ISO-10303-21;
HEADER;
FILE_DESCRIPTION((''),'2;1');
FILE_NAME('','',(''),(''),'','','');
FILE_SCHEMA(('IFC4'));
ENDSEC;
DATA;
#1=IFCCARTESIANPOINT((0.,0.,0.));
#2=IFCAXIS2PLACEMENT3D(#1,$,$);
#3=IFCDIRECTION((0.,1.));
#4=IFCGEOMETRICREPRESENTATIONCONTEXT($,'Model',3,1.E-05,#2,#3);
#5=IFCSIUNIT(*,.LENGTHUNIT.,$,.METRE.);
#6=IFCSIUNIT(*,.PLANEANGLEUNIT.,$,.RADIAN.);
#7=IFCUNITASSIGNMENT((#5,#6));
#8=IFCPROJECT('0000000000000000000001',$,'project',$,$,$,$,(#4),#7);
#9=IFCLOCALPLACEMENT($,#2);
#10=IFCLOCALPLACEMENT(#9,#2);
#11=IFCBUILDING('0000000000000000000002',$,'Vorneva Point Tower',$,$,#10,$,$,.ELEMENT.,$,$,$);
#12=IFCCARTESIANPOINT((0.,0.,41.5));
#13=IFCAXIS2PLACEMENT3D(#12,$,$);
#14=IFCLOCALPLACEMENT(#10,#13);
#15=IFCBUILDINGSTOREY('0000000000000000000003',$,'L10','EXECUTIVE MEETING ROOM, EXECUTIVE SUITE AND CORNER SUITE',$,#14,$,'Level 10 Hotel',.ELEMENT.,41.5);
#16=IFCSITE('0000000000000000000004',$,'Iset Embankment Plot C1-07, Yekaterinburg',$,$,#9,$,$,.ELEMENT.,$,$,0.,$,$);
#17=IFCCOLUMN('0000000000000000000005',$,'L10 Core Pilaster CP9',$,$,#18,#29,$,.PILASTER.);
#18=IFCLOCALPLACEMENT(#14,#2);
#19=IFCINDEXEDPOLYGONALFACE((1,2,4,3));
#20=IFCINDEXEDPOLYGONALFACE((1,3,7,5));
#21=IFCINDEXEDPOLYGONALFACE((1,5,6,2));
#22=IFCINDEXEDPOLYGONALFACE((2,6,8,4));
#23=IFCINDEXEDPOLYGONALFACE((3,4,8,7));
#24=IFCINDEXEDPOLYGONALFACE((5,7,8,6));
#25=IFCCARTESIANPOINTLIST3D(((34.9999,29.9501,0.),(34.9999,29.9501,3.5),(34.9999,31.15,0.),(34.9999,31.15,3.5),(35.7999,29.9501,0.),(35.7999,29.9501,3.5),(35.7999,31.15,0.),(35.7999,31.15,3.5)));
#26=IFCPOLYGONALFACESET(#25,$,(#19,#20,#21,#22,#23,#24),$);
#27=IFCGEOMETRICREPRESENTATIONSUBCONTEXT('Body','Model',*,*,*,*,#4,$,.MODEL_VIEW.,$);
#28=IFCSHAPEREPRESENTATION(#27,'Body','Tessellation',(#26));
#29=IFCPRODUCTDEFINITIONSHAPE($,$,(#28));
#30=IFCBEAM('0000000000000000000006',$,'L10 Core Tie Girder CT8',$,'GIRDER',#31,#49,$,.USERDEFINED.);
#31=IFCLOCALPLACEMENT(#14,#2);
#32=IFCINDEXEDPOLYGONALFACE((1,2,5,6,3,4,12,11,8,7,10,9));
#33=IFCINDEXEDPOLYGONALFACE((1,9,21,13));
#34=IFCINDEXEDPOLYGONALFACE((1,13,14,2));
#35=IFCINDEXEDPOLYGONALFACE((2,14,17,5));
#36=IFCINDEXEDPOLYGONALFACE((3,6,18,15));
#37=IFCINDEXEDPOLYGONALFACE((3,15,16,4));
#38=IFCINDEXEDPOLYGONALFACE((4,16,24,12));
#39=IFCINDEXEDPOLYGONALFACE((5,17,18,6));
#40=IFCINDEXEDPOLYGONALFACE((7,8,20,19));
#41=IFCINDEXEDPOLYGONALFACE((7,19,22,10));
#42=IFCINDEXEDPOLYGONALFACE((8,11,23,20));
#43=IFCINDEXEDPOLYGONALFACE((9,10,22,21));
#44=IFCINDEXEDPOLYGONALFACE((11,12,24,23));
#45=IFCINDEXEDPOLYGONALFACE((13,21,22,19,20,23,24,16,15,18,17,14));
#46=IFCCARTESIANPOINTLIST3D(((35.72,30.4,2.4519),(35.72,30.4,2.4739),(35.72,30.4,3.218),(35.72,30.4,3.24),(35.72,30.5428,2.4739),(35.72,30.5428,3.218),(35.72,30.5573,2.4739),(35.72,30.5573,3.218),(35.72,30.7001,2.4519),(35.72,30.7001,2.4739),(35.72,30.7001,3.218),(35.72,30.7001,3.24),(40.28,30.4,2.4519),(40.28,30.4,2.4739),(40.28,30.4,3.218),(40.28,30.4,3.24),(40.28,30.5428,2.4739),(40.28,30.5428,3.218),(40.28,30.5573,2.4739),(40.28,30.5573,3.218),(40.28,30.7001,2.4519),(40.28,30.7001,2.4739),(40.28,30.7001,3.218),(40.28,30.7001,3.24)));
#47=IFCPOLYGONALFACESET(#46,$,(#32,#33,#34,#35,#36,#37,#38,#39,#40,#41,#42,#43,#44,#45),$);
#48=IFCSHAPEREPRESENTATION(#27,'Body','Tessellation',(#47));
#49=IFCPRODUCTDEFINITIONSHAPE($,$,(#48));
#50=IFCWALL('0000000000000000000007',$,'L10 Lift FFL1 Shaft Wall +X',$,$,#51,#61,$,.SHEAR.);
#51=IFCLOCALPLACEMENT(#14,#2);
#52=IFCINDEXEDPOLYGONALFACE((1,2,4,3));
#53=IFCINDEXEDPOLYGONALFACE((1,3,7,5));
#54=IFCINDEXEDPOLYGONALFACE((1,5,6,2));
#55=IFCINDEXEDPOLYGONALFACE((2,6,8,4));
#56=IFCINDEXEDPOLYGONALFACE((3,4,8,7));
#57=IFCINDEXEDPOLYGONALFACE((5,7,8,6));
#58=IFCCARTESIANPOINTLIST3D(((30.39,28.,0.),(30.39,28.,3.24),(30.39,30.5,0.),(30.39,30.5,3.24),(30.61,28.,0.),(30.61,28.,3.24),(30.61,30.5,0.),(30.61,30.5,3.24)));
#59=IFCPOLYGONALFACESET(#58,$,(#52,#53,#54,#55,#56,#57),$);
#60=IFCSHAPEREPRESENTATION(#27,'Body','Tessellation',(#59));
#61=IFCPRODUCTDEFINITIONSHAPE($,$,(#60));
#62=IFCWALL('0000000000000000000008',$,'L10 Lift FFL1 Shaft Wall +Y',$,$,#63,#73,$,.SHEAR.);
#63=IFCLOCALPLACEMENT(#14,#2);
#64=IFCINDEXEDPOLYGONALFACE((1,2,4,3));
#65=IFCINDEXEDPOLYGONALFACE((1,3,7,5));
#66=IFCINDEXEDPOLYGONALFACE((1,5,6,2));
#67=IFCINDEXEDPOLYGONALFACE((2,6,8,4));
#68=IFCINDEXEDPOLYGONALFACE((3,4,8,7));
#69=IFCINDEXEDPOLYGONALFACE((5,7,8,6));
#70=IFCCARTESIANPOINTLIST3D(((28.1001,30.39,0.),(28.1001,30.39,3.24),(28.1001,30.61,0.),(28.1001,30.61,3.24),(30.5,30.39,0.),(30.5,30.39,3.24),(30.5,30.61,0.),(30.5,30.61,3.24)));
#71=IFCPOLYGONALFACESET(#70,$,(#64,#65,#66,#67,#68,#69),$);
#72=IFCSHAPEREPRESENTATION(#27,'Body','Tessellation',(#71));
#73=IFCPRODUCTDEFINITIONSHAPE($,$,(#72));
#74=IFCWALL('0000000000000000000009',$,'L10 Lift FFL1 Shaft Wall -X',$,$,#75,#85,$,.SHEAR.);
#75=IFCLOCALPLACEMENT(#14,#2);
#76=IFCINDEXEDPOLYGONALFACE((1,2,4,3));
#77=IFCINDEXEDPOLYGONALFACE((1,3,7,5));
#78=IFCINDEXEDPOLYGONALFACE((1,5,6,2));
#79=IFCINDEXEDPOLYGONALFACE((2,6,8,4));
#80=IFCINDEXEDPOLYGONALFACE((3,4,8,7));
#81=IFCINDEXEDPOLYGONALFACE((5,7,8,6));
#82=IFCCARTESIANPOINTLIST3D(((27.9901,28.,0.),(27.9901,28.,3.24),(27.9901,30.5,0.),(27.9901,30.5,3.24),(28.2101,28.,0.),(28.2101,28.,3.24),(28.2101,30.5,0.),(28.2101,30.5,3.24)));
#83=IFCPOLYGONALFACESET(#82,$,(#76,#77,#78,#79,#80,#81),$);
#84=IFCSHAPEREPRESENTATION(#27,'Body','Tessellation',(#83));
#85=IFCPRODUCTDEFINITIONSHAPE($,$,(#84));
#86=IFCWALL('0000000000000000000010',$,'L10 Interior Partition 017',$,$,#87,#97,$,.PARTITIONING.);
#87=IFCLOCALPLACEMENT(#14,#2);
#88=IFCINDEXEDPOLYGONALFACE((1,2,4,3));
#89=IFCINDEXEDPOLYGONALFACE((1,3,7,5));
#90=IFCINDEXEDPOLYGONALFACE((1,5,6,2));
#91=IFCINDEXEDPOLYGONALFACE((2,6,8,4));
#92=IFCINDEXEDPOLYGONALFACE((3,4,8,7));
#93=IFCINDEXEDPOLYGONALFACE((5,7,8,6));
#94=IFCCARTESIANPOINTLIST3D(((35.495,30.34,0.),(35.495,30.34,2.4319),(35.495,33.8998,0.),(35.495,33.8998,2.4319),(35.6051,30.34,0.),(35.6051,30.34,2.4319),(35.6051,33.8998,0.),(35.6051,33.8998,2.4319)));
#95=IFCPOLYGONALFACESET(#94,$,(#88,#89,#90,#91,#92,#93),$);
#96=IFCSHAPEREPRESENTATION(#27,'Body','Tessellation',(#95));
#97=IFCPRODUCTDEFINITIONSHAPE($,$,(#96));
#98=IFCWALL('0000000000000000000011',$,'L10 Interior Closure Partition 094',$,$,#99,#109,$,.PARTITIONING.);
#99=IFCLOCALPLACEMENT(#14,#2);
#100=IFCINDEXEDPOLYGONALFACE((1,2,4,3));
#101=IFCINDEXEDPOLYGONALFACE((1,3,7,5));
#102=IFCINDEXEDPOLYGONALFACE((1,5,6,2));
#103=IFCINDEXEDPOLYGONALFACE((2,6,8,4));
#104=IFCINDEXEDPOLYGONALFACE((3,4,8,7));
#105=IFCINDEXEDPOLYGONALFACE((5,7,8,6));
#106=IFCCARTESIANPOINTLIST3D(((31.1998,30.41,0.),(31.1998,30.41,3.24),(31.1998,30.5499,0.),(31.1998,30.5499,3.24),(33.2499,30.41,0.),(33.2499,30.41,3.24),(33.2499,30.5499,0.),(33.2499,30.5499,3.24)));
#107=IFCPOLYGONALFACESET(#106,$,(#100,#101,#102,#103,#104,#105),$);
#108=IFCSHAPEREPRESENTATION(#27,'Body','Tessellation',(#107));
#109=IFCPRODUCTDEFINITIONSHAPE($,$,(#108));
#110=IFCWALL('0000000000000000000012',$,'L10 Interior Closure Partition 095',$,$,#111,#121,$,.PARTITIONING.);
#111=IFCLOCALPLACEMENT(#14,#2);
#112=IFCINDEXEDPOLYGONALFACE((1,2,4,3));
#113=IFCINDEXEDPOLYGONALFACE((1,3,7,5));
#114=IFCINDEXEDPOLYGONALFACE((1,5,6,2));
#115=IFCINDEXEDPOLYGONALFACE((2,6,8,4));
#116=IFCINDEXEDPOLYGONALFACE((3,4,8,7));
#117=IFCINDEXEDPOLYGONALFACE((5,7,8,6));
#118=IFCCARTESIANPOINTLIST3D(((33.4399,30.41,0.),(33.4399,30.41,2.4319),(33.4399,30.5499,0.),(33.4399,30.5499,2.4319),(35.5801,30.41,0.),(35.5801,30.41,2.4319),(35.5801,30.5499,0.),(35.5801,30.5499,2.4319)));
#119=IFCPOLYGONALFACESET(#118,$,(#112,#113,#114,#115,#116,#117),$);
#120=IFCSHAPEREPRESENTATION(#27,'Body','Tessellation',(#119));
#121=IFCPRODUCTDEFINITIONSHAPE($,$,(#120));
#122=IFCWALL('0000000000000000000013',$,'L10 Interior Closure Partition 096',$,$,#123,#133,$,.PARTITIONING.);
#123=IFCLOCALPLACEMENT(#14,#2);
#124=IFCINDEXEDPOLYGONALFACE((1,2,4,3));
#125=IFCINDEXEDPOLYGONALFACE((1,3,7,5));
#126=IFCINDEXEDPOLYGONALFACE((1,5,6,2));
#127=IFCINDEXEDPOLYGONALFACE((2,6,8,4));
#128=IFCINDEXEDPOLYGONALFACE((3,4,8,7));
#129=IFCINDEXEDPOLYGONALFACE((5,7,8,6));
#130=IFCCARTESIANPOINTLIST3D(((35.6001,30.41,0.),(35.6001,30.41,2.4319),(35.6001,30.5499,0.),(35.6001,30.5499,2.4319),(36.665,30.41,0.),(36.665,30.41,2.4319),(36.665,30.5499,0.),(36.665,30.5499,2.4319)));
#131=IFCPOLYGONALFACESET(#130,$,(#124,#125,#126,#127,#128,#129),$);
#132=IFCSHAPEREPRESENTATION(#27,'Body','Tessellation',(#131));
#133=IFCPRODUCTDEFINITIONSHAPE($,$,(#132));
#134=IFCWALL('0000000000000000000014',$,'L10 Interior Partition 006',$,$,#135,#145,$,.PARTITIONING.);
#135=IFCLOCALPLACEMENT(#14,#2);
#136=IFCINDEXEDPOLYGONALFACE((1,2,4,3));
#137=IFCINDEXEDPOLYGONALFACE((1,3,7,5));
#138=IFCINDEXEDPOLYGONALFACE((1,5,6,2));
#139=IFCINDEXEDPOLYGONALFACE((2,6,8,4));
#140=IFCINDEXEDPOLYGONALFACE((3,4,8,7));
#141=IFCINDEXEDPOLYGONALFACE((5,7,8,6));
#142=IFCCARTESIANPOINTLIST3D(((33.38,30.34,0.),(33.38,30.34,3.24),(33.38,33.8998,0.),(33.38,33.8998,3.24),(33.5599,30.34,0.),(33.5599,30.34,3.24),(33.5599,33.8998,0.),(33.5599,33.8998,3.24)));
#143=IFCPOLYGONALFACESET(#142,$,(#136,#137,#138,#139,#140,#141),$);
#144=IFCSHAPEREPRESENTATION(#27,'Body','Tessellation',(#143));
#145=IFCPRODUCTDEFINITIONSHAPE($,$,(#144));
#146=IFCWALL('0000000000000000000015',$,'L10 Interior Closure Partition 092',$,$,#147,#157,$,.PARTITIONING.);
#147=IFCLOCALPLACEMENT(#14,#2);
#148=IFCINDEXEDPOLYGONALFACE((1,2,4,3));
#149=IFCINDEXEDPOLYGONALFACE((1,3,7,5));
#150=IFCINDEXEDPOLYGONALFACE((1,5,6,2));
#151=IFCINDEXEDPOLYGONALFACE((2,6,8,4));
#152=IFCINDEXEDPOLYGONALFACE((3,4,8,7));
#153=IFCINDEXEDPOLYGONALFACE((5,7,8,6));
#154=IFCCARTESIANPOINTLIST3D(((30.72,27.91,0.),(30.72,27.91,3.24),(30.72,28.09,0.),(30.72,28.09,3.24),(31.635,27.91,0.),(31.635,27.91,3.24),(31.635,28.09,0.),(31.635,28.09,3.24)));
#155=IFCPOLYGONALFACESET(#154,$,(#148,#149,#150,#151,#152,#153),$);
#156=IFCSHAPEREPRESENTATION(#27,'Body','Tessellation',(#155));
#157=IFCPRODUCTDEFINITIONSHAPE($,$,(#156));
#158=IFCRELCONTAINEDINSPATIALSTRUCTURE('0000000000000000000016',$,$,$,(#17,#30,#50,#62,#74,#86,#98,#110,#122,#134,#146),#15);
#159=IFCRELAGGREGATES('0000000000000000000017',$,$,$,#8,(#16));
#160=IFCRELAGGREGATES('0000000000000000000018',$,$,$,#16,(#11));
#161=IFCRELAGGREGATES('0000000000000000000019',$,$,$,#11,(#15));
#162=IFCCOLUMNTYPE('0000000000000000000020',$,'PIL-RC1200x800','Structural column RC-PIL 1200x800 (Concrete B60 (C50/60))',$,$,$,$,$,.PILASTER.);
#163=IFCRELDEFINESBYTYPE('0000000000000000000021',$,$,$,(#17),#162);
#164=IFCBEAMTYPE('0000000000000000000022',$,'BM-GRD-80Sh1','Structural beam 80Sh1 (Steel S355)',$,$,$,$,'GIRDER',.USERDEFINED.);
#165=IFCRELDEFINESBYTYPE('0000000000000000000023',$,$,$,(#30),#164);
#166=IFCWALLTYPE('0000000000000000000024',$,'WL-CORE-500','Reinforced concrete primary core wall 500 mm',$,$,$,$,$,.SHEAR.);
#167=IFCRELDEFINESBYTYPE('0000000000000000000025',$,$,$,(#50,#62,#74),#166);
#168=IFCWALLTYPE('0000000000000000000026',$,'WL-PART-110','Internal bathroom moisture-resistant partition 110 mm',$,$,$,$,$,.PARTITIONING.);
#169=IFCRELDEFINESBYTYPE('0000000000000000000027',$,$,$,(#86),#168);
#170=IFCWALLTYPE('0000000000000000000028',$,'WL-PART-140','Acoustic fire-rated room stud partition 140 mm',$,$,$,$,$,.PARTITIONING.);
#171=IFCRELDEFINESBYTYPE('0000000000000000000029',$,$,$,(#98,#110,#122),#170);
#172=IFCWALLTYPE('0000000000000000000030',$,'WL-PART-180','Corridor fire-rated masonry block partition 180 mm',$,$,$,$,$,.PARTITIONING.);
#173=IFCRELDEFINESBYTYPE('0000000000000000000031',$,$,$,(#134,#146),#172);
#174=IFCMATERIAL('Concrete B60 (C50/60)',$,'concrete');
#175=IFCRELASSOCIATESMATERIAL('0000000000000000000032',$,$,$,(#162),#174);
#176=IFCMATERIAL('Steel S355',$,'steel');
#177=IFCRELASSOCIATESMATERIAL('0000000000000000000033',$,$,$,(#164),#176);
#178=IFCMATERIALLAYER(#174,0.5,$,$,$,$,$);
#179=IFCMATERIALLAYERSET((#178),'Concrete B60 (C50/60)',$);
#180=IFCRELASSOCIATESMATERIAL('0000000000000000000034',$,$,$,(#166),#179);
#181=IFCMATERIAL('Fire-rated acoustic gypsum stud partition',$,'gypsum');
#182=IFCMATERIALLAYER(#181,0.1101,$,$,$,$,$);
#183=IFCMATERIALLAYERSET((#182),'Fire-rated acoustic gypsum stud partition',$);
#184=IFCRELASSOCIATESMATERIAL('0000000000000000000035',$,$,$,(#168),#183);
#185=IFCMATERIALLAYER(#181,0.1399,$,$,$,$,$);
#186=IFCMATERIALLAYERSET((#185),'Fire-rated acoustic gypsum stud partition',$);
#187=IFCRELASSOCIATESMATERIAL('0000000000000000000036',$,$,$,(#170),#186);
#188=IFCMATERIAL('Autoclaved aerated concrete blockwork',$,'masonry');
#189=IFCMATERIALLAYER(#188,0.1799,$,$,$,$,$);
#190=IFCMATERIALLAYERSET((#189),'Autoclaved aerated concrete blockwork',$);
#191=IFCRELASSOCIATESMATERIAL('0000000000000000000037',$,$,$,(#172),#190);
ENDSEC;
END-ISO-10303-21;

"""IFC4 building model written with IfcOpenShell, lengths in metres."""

from ifc_helpers import new_model, si_unit, direction, frame, frame_2d, origin, origin_2d, place, context, subcontext, project, spatial, rectangle, i_section, extrude, material, layer, layer_set, material_profile, profile_set, type_object, element, save


model = new_model("IFC4")

# Units and contexts
model_context = context("Model", 3, precision=1e-05, world=origin(), true_north=direction((0.0, 1.0)))
body_context = subcontext(model_context, "Body", "Model", "MODEL_VIEW")
ifc_project = project(units=[si_unit("LENGTHUNIT", "METRE"), si_unit("PLANEANGLEUNIT", "RADIAN")], contexts=[model_context])

# Site, building, storey
site_placement = place(None, origin())
site = spatial("IfcSite", under=ifc_project, at=site_placement, Name="Iset Embankment Plot C1-07, Yekaterinburg", CompositionType="ELEMENT", RefElevation=0.0)
building_placement = place(site_placement, origin())
building = spatial("IfcBuilding", under=site, at=building_placement, Name="Vorneva Point Tower", CompositionType="ELEMENT")
storey_placement = place(building_placement, frame((0.0, 0.0, 41.5)))
storey = spatial("IfcBuildingStorey", under=building, at=storey_placement, Name="L10", Description="EXECUTIVE MEETING ROOM, EXECUTIVE SUITE AND CORNER SUITE", LongName="Level 10 Hotel", CompositionType="ELEMENT", Elevation=41.5)

# Column
ifc_material_1 = material(Name="Concrete B60 (C50/60)", Category="concrete")
ifc_material_profile_1 = material_profile(ifc_material_1, rectangle(XDim=0.8, YDim=1.2, at=origin_2d()), Name="RC-PIL 1200x800")
ifc_profile_set_1 = profile_set([ifc_material_profile_1], Name="Concrete B60 (C50/60)")
column_type = type_object("IfcColumnType", Name="PIL-RC1200x800", Description="Structural column RC-PIL 1200x800 (Concrete B60 (C50/60))", PredefinedType="PILASTER", material=ifc_profile_set_1)
column_placement = place(storey_placement, frame((35.3999, 30.55, 0.0), z_axis=(0.0, 0.0, 1.0), x_axis=(1.0, 0.0, 0.0)))
element("IfcColumn", 1, at=column_placement, inside=storey, type_object=column_type, Name="L10 Core Pilaster CP9", PredefinedType="PILASTER", context=body_context, shape_type="SweptSolid", body=[
    extrude(rectangle(XDim=0.8, YDim=1.2, at=origin_2d()), origin(), (0.0, 0.0, 1.0), 3.5),
])

# Beam
ifc_material_2 = material(Name="Steel S355", Category="steel")
ifc_material_profile_2 = material_profile(ifc_material_2, i_section(OverallWidth=0.3, OverallDepth=0.7881, WebThickness=0.0144, FlangeThickness=0.022, at=origin_2d()), Name="80Sh1")
ifc_profile_set_2 = profile_set([ifc_material_profile_2], Name="Steel S355")
beam_type = type_object("IfcBeamType", Name="BM-GRD-80Sh1", Description="Structural beam 80Sh1 (Steel S355)", ElementType="GIRDER", PredefinedType="USERDEFINED", material=ifc_profile_set_2)
beam_placement = place(storey_placement, frame((35.72, 30.55, 2.8459), z_axis=(1.0, 0.0, 0.0), x_axis=(0.0, 1.0, 0.0)))
element("IfcBeam", 2, at=beam_placement, inside=storey, type_object=beam_type, Name="L10 Core Tie Girder CT8", ObjectType="GIRDER", PredefinedType="USERDEFINED", context=body_context, shape_type="SweptSolid", body=[
    extrude(i_section(OverallWidth=0.3, OverallDepth=0.7881, WebThickness=0.0144, FlangeThickness=0.022, at=origin_2d()), origin(), (0.0, 0.0, 1.0), 4.5601),
])

# Walls
ifc_layer_1 = layer(ifc_material_1, 0.5)
ifc_layer_set_1 = layer_set([ifc_layer_1], Name="Concrete B60 (C50/60)")
wall_type_1 = type_object("IfcWallType", Name="WL-CORE-500", Description="Reinforced concrete primary core wall 500 mm", PredefinedType="SHEAR", material=ifc_layer_set_1)
wall_1_placement = place(storey_placement, frame((30.5, 28.0, 0.0), z_axis=(0.0, 0.0, 1.0), x_axis=(0.0, 1.0, 0.0)))
element("IfcWall", 3, at=wall_1_placement, inside=storey, type_object=wall_type_1, Name="L10 Lift FFL1 Shaft Wall +X", PredefinedType="SHEAR", context=body_context, shape_type="SweptSolid", body=[
    extrude(rectangle(XDim=2.5, YDim=0.22, at=frame_2d((1.25, 0.0))), origin(), (0.0, 0.0, 1.0), 3.24),
])
wall_2_placement = place(storey_placement, frame((30.5, 30.5, 0.0), z_axis=(0.0, 0.0, 1.0), x_axis=(-1.0, 0.0, 0.0)))
element("IfcWall", 4, at=wall_2_placement, inside=storey, type_object=wall_type_1, Name="L10 Lift FFL1 Shaft Wall +Y", PredefinedType="SHEAR", context=body_context, shape_type="SweptSolid", body=[
    extrude(rectangle(XDim=2.3999, YDim=0.22, at=frame_2d((1.2, 0.0))), origin(), (0.0, 0.0, 1.0), 3.24),
])
wall_3_placement = place(storey_placement, frame((28.1001, 30.5, 0.0), z_axis=(0.0, 0.0, 1.0), x_axis=(0.0, -1.0, 0.0)))
element("IfcWall", 5, at=wall_3_placement, inside=storey, type_object=wall_type_1, Name="L10 Lift FFL1 Shaft Wall -X", PredefinedType="SHEAR", context=body_context, shape_type="SweptSolid", body=[
    extrude(rectangle(XDim=2.5, YDim=0.22, at=frame_2d((1.25, 0.0))), origin(), (0.0, 0.0, 1.0), 3.24),
])
ifc_material_3 = material(Name="Fire-rated acoustic gypsum stud partition", Category="gypsum")
ifc_layer_2 = layer(ifc_material_3, 0.1101)
ifc_layer_set_2 = layer_set([ifc_layer_2], Name="Fire-rated acoustic gypsum stud partition")
wall_type_2 = type_object("IfcWallType", Name="WL-PART-110", Description="Internal bathroom moisture-resistant partition 110 mm", PredefinedType="PARTITIONING", material=ifc_layer_set_2)
wall_4_placement = place(storey_placement, frame((35.55, 30.3401, 0.0), z_axis=(0.0, 0.0, 1.0), x_axis=(0.0, 1.0, 0.0)))
element("IfcWall", 6, at=wall_4_placement, inside=storey, type_object=wall_type_2, Name="L10 Interior Partition 017", PredefinedType="PARTITIONING", context=body_context, shape_type="SweptSolid", body=[
    extrude(rectangle(XDim=3.5598, YDim=0.1101, at=frame_2d((1.7798, 0.0))), origin(), (0.0, 0.0, 1.0), 2.4319),
])
ifc_layer_3 = layer(ifc_material_3, 0.1399)
ifc_layer_set_3 = layer_set([ifc_layer_3], Name="Fire-rated acoustic gypsum stud partition")
wall_type_3 = type_object("IfcWallType", Name="WL-PART-140", Description="Acoustic fire-rated room stud partition 140 mm", PredefinedType="PARTITIONING", material=ifc_layer_set_3)
wall_5_placement = place(storey_placement, frame((31.2, 30.48, 0.0), z_axis=(0.0, 0.0, 1.0), x_axis=(1.0, 0.0, 0.0)))
element("IfcWall", 7, at=wall_5_placement, inside=storey, type_object=wall_type_3, Name="L10 Interior Closure Partition 094", PredefinedType="PARTITIONING", context=body_context, shape_type="SweptSolid", body=[
    extrude(rectangle(XDim=2.05, YDim=0.1399, at=frame_2d((1.0249, 0.0))), origin(), (0.0, 0.0, 1.0), 3.24),
])
wall_6_placement = place(storey_placement, frame((33.4399, 30.48, 0.0), z_axis=(0.0, 0.0, 1.0), x_axis=(1.0, 0.0, 0.0)))
element("IfcWall", 8, at=wall_6_placement, inside=storey, type_object=wall_type_3, Name="L10 Interior Closure Partition 095", PredefinedType="PARTITIONING", context=body_context, shape_type="SweptSolid", body=[
    extrude(rectangle(XDim=2.1401, YDim=0.1399, at=frame_2d((1.0701, 0.0))), origin(), (0.0, 0.0, 1.0), 2.4319),
])
wall_7_placement = place(storey_placement, frame((35.6001, 30.48, 0.0), z_axis=(0.0, 0.0, 1.0), x_axis=(1.0, 0.0, 0.0)))
element("IfcWall", 9, at=wall_7_placement, inside=storey, type_object=wall_type_3, Name="L10 Interior Closure Partition 096", PredefinedType="PARTITIONING", context=body_context, shape_type="SweptSolid", body=[
    extrude(rectangle(XDim=1.0649, YDim=0.1399, at=frame_2d((0.5325, 0.0))), origin(), (0.0, 0.0, 1.0), 2.4319),
])
ifc_material_4 = material(Name="Autoclaved aerated concrete blockwork", Category="masonry")
ifc_layer_4 = layer(ifc_material_4, 0.1799)
ifc_layer_set_4 = layer_set([ifc_layer_4], Name="Autoclaved aerated concrete blockwork")
wall_type_4 = type_object("IfcWallType", Name="WL-PART-180", Description="Corridor fire-rated masonry block partition 180 mm", PredefinedType="PARTITIONING", material=ifc_layer_set_4)
wall_8_placement = place(storey_placement, frame((33.47, 30.3401, 0.0), z_axis=(0.0, 0.0, 1.0), x_axis=(0.0, 1.0, 0.0)))
element("IfcWall", 10, at=wall_8_placement, inside=storey, type_object=wall_type_4, Name="L10 Interior Partition 006", PredefinedType="PARTITIONING", context=body_context, shape_type="SweptSolid", body=[
    extrude(rectangle(XDim=3.5598, YDim=0.1799, at=frame_2d((1.7798, 0.0))), origin(), (0.0, 0.0, 1.0), 3.24),
])
wall_9_placement = place(storey_placement, frame((31.635, 28.0, 0.0), z_axis=(0.0, 0.0, 1.0), x_axis=(-1.0, 0.0, 0.0)))
element("IfcWall", 11, at=wall_9_placement, inside=storey, type_object=wall_type_4, Name="L10 Interior Closure Partition 092", PredefinedType="PARTITIONING", context=body_context, shape_type="SweptSolid", body=[
    extrude(rectangle(XDim=0.915, YDim=0.1799, at=frame_2d((0.4575, 0.0))), origin(), (0.0, 0.0, 1.0), 3.24),
])

save(model, "model.ifc")
